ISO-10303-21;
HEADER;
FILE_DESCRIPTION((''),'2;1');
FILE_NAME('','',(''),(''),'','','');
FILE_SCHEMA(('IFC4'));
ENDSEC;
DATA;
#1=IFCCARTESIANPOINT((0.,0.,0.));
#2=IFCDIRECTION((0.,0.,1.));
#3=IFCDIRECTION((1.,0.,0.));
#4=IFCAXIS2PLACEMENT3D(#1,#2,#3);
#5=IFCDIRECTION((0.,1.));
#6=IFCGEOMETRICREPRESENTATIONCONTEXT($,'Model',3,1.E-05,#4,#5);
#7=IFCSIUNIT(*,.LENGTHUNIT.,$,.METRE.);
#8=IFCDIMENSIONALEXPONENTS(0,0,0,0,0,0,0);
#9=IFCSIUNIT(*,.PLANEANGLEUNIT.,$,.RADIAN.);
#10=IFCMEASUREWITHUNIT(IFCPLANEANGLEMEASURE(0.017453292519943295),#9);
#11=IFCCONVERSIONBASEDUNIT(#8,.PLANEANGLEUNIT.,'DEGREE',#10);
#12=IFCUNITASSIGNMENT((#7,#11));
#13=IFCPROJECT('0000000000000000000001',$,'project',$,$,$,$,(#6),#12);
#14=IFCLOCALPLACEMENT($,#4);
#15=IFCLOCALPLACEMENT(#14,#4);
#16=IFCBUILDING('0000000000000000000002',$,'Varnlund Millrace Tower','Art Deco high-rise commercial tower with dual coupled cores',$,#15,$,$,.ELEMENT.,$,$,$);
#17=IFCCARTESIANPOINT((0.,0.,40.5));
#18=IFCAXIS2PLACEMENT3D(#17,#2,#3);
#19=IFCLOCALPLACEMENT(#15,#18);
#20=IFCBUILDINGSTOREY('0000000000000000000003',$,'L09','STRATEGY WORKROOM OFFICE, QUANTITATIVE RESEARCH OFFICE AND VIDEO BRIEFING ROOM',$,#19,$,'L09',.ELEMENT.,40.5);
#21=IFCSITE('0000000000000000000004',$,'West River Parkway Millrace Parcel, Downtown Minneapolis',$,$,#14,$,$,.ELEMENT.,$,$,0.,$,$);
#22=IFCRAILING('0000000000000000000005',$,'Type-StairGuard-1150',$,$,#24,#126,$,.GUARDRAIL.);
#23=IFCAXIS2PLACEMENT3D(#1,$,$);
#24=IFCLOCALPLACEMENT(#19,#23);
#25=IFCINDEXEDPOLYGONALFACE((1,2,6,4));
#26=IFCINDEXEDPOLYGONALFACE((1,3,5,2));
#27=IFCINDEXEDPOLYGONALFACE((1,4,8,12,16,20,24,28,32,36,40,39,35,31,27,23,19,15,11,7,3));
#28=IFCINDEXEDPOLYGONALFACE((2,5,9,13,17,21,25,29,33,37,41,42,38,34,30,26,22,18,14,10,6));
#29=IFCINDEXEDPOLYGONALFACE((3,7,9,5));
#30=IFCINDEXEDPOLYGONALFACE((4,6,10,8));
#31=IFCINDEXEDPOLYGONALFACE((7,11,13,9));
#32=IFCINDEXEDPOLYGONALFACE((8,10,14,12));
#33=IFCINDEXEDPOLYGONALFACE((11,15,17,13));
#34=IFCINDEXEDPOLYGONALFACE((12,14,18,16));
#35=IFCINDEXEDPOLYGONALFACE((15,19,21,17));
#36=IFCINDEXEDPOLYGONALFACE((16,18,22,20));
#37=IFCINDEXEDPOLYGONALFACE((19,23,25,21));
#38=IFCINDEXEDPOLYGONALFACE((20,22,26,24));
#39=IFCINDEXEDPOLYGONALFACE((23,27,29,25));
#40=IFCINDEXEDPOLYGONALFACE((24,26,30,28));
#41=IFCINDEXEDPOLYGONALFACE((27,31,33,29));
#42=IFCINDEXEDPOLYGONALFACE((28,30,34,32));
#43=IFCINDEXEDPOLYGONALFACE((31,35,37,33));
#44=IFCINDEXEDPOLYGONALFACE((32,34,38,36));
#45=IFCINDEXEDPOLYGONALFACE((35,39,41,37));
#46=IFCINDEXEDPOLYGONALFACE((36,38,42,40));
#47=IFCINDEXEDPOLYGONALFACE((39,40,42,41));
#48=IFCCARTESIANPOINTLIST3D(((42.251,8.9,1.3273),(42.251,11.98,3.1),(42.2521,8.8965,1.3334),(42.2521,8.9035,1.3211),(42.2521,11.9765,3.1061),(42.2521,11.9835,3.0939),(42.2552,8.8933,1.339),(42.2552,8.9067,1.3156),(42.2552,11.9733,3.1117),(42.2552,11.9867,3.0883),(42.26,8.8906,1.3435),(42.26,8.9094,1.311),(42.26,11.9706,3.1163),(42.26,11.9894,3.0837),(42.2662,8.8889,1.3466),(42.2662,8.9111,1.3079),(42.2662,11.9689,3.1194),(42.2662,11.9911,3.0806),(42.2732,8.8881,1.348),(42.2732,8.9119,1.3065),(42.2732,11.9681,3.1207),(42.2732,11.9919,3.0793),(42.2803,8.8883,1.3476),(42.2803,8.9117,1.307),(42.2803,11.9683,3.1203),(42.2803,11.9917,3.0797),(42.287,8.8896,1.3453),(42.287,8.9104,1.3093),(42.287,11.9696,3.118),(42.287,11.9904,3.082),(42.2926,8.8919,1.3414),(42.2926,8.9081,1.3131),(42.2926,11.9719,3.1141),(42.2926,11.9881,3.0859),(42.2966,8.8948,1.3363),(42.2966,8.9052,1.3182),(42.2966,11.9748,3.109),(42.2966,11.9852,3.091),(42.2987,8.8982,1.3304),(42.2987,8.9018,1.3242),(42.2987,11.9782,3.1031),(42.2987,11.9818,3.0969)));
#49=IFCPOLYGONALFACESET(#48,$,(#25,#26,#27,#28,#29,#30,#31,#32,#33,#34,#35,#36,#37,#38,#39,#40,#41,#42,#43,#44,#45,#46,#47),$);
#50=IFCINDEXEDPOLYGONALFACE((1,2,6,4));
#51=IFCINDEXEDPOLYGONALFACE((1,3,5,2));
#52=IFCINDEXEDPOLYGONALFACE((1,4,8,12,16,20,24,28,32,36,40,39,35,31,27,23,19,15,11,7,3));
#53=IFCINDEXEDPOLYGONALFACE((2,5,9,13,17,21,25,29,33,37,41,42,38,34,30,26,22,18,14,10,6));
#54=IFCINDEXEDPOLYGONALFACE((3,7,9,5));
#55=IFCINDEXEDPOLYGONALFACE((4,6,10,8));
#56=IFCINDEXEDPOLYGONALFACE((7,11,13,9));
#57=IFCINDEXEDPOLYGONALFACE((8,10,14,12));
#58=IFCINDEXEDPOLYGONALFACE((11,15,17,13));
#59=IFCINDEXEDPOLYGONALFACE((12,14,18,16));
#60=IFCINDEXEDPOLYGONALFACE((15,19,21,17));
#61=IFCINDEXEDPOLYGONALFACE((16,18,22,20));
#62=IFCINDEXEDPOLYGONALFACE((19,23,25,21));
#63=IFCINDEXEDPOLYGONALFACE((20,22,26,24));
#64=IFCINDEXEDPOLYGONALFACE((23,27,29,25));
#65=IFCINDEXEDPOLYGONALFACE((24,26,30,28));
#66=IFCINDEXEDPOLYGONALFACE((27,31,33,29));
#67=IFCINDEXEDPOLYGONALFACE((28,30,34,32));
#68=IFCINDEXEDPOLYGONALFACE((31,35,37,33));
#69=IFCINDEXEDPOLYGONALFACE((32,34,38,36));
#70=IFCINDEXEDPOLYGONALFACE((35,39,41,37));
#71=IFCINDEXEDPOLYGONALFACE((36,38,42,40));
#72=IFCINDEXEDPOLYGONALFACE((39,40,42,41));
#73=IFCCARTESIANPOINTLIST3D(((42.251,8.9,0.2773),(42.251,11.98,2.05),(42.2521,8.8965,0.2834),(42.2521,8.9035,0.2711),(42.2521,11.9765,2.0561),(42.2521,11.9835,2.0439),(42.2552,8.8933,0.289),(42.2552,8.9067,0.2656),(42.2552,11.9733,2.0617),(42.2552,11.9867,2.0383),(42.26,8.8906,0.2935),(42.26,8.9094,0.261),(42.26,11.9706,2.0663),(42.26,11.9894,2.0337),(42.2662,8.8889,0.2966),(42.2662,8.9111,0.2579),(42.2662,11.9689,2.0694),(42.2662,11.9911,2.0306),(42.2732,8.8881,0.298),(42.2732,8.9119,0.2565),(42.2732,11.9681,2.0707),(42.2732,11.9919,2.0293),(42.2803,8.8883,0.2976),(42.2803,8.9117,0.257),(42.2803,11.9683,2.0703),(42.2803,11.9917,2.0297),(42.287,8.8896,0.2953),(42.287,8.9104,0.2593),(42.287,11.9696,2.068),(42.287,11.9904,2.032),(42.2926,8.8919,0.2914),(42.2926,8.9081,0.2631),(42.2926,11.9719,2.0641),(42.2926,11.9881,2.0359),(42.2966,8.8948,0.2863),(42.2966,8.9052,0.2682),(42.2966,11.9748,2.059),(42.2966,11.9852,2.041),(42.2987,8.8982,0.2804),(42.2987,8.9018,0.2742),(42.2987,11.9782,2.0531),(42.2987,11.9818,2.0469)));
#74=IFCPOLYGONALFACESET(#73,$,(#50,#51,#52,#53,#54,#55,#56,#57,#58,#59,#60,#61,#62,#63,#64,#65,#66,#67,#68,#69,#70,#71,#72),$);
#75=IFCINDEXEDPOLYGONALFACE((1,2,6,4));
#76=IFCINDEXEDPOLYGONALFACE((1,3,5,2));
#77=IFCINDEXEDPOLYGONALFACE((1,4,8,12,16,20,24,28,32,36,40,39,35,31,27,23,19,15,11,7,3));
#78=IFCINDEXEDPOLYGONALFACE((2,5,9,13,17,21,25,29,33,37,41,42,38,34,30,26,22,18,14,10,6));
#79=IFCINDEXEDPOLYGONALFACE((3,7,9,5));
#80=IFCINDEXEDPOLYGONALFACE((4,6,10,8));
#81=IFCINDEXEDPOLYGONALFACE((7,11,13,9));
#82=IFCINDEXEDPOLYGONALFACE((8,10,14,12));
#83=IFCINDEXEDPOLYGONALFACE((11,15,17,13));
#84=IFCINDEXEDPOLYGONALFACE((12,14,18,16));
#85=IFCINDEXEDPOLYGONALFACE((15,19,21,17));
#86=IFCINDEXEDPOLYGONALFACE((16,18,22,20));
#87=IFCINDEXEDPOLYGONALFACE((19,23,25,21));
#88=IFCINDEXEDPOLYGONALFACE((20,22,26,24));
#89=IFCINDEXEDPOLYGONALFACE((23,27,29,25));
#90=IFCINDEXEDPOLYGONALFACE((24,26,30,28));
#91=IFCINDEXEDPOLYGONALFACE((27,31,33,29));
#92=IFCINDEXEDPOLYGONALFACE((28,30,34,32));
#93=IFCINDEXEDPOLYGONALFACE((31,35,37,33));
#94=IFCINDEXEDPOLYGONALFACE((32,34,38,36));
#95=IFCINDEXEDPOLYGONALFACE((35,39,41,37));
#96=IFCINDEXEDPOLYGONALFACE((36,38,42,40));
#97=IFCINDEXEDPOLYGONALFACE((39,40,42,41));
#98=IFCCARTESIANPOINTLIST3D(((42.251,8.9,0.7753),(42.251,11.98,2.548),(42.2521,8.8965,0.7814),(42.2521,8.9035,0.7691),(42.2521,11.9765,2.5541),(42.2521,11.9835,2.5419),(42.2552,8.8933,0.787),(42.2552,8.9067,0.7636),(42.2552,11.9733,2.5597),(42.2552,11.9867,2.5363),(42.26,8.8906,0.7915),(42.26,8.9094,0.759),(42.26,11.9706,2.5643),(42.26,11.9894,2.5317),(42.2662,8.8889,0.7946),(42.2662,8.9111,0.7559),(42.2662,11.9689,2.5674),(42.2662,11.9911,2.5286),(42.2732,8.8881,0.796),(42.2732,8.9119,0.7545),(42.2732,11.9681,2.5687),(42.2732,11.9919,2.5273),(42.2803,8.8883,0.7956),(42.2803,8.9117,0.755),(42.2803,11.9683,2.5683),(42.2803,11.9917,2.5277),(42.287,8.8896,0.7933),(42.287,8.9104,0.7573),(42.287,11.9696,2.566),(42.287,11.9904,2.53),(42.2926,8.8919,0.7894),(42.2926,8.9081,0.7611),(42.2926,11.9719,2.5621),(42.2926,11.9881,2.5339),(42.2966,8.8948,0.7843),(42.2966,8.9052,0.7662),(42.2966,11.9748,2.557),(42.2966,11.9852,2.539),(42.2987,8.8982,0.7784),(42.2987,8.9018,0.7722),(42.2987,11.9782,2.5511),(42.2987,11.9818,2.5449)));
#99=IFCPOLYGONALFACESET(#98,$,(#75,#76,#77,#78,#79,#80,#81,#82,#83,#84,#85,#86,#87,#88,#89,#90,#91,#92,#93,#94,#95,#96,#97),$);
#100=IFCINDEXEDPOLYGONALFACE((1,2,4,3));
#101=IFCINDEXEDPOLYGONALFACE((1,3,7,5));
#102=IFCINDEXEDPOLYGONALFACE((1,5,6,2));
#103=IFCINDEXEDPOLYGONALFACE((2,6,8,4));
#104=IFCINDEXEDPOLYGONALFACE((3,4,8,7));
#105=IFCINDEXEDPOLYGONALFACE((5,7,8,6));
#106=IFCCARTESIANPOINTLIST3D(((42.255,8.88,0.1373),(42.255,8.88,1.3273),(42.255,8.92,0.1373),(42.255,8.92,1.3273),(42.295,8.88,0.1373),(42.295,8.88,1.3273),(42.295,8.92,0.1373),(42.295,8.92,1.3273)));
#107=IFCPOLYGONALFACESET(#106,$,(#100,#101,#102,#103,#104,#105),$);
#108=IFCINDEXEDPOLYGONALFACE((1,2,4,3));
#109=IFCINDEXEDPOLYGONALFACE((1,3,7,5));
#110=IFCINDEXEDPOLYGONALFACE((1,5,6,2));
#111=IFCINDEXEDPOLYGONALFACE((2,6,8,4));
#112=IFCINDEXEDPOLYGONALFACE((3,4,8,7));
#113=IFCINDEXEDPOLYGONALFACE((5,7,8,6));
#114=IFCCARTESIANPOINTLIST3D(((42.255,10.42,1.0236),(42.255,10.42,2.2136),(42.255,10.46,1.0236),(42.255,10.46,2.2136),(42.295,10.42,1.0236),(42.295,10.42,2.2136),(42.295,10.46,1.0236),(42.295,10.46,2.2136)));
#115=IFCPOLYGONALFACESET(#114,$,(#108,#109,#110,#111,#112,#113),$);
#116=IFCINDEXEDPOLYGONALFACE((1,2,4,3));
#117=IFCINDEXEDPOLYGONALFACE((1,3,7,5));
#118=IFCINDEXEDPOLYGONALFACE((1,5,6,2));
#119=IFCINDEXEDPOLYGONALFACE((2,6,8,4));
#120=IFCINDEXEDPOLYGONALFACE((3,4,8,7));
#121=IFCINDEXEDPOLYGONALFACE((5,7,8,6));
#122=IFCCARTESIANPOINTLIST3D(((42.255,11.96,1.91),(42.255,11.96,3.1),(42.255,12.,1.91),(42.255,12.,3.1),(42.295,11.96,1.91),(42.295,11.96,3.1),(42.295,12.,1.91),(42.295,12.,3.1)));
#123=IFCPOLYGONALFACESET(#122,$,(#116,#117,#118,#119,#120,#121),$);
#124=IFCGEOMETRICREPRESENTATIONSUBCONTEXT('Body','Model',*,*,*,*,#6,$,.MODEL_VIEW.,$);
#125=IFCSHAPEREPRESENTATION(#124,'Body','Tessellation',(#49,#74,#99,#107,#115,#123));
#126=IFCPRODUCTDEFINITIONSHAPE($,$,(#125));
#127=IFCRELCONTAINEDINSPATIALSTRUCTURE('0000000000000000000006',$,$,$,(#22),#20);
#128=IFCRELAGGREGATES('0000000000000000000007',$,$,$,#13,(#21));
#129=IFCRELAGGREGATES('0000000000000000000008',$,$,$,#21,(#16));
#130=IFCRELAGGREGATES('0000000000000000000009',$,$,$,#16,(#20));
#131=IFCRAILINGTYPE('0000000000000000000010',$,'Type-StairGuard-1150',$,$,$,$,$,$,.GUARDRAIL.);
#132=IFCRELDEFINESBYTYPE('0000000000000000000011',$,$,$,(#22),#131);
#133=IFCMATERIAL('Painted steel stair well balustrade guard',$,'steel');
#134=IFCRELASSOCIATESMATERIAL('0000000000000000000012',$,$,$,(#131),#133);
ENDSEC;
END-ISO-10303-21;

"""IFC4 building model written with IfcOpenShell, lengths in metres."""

from ifc_helpers import new_model, entity, si_unit, converted_unit, direction, frame, origin_with_axes, origin_2d_with_axis, place, context, subcontext, project, spatial, rectangle, circle, extrude, material, type_object, element, save


model = new_model("IFC4")

# Units and contexts
model_context = context("Model", 3, precision=1e-05, world=origin_with_axes(), true_north=direction((0.0, 1.0)))
body_context = subcontext(model_context, "Body", "Model", "MODEL_VIEW")
ifc_project = project(units=[si_unit("LENGTHUNIT", "METRE"), converted_unit("PLANEANGLEUNIT", "DEGREE", entity("IfcPlaneAngleMeasure", 0.017453292519943295), si_unit("PLANEANGLEUNIT", "RADIAN"), dimensions=[0, 0, 0, 0, 0, 0, 0])], contexts=[model_context])

# Site, building, storey
site_placement = place(None, origin_with_axes())
site = spatial("IfcSite", under=ifc_project, at=site_placement, Name="West River Parkway Millrace Parcel, Downtown Minneapolis", CompositionType="ELEMENT", RefElevation=0.0)
building_placement = place(site_placement, origin_with_axes())
building = spatial("IfcBuilding", under=site, at=building_placement, Name="Varnlund Millrace Tower", Description="Art Deco high-rise commercial tower with dual coupled cores", CompositionType="ELEMENT")
storey_placement = place(building_placement, frame((0.0, 0.0, 40.5), z_axis=(0.0, 0.0, 1.0), x_axis=(1.0, 0.0, 0.0)))
storey = spatial("IfcBuildingStorey", under=building, at=storey_placement, Name="L09", Description="STRATEGY WORKROOM OFFICE, QUANTITATIVE RESEARCH OFFICE AND VIDEO BRIEFING ROOM", LongName="L09", CompositionType="ELEMENT", Elevation=40.5)

# Railing
ifc_material_1 = material(Name="Painted steel stair well balustrade guard", Category="steel")
railing_type_1 = type_object("IfcRailingType", Name="Type-StairGuard-1150", PredefinedType="GUARDRAIL", material=ifc_material_1)
railing_1_placement = place(storey_placement, frame((0.0, 0.0, -40.5), z_axis=(0.0, 0.0, 1.0), x_axis=(1.0, 0.0, 0.0)))
element("IfcRailing", 1, at=railing_1_placement, inside=storey, type_object=railing_type_1, Name="Type-StairGuard-1150", PredefinedType="GUARDRAIL", context=body_context, shape_type="SweptSolid", body=[
    extrude(circle(Radius=0.024, at=origin_2d_with_axis()), frame((42.275, 8.9, 41.8273), z_axis=(0.0, 0.866696, 0.498836), x_axis=(-1.0, 0.0, 0.0)), (0.0, 0.0, 1.0), 3.5537),
    extrude(circle(Radius=0.024, at=origin_2d_with_axis()), frame((42.275, 8.9, 40.7773), z_axis=(0.0, 0.866696, 0.498836), x_axis=(-1.0, 0.0, 0.0)), (0.0, 0.0, 1.0), 3.5537),
    extrude(circle(Radius=0.024, at=origin_2d_with_axis()), frame((42.275, 8.9, 41.2753), z_axis=(0.0, 0.866696, 0.498836), x_axis=(-1.0, 0.0, 0.0)), (0.0, 0.0, 1.0), 3.5537),
    extrude(rectangle(XDim=0.04, YDim=0.04, at=origin_2d_with_axis()), frame((42.275, 8.9, 40.6373), z_axis=(0.0, 0.0, 1.0), x_axis=(1.0, 0.0, 0.0)), (0.0, 0.0, 1.0), 1.19),
    extrude(rectangle(XDim=0.04, YDim=0.04, at=origin_2d_with_axis()), frame((42.275, 10.44, 41.5236), z_axis=(0.0, 0.0, 1.0), x_axis=(1.0, 0.0, 0.0)), (0.0, 0.0, 1.0), 1.19),
    extrude(rectangle(XDim=0.04, YDim=0.04, at=origin_2d_with_axis()), frame((42.275, 11.98, 42.41), z_axis=(0.0, 0.0, 1.0), x_axis=(1.0, 0.0, 0.0)), (0.0, 0.0, 1.0), 1.19),
])

save(model, "model.ifc")
